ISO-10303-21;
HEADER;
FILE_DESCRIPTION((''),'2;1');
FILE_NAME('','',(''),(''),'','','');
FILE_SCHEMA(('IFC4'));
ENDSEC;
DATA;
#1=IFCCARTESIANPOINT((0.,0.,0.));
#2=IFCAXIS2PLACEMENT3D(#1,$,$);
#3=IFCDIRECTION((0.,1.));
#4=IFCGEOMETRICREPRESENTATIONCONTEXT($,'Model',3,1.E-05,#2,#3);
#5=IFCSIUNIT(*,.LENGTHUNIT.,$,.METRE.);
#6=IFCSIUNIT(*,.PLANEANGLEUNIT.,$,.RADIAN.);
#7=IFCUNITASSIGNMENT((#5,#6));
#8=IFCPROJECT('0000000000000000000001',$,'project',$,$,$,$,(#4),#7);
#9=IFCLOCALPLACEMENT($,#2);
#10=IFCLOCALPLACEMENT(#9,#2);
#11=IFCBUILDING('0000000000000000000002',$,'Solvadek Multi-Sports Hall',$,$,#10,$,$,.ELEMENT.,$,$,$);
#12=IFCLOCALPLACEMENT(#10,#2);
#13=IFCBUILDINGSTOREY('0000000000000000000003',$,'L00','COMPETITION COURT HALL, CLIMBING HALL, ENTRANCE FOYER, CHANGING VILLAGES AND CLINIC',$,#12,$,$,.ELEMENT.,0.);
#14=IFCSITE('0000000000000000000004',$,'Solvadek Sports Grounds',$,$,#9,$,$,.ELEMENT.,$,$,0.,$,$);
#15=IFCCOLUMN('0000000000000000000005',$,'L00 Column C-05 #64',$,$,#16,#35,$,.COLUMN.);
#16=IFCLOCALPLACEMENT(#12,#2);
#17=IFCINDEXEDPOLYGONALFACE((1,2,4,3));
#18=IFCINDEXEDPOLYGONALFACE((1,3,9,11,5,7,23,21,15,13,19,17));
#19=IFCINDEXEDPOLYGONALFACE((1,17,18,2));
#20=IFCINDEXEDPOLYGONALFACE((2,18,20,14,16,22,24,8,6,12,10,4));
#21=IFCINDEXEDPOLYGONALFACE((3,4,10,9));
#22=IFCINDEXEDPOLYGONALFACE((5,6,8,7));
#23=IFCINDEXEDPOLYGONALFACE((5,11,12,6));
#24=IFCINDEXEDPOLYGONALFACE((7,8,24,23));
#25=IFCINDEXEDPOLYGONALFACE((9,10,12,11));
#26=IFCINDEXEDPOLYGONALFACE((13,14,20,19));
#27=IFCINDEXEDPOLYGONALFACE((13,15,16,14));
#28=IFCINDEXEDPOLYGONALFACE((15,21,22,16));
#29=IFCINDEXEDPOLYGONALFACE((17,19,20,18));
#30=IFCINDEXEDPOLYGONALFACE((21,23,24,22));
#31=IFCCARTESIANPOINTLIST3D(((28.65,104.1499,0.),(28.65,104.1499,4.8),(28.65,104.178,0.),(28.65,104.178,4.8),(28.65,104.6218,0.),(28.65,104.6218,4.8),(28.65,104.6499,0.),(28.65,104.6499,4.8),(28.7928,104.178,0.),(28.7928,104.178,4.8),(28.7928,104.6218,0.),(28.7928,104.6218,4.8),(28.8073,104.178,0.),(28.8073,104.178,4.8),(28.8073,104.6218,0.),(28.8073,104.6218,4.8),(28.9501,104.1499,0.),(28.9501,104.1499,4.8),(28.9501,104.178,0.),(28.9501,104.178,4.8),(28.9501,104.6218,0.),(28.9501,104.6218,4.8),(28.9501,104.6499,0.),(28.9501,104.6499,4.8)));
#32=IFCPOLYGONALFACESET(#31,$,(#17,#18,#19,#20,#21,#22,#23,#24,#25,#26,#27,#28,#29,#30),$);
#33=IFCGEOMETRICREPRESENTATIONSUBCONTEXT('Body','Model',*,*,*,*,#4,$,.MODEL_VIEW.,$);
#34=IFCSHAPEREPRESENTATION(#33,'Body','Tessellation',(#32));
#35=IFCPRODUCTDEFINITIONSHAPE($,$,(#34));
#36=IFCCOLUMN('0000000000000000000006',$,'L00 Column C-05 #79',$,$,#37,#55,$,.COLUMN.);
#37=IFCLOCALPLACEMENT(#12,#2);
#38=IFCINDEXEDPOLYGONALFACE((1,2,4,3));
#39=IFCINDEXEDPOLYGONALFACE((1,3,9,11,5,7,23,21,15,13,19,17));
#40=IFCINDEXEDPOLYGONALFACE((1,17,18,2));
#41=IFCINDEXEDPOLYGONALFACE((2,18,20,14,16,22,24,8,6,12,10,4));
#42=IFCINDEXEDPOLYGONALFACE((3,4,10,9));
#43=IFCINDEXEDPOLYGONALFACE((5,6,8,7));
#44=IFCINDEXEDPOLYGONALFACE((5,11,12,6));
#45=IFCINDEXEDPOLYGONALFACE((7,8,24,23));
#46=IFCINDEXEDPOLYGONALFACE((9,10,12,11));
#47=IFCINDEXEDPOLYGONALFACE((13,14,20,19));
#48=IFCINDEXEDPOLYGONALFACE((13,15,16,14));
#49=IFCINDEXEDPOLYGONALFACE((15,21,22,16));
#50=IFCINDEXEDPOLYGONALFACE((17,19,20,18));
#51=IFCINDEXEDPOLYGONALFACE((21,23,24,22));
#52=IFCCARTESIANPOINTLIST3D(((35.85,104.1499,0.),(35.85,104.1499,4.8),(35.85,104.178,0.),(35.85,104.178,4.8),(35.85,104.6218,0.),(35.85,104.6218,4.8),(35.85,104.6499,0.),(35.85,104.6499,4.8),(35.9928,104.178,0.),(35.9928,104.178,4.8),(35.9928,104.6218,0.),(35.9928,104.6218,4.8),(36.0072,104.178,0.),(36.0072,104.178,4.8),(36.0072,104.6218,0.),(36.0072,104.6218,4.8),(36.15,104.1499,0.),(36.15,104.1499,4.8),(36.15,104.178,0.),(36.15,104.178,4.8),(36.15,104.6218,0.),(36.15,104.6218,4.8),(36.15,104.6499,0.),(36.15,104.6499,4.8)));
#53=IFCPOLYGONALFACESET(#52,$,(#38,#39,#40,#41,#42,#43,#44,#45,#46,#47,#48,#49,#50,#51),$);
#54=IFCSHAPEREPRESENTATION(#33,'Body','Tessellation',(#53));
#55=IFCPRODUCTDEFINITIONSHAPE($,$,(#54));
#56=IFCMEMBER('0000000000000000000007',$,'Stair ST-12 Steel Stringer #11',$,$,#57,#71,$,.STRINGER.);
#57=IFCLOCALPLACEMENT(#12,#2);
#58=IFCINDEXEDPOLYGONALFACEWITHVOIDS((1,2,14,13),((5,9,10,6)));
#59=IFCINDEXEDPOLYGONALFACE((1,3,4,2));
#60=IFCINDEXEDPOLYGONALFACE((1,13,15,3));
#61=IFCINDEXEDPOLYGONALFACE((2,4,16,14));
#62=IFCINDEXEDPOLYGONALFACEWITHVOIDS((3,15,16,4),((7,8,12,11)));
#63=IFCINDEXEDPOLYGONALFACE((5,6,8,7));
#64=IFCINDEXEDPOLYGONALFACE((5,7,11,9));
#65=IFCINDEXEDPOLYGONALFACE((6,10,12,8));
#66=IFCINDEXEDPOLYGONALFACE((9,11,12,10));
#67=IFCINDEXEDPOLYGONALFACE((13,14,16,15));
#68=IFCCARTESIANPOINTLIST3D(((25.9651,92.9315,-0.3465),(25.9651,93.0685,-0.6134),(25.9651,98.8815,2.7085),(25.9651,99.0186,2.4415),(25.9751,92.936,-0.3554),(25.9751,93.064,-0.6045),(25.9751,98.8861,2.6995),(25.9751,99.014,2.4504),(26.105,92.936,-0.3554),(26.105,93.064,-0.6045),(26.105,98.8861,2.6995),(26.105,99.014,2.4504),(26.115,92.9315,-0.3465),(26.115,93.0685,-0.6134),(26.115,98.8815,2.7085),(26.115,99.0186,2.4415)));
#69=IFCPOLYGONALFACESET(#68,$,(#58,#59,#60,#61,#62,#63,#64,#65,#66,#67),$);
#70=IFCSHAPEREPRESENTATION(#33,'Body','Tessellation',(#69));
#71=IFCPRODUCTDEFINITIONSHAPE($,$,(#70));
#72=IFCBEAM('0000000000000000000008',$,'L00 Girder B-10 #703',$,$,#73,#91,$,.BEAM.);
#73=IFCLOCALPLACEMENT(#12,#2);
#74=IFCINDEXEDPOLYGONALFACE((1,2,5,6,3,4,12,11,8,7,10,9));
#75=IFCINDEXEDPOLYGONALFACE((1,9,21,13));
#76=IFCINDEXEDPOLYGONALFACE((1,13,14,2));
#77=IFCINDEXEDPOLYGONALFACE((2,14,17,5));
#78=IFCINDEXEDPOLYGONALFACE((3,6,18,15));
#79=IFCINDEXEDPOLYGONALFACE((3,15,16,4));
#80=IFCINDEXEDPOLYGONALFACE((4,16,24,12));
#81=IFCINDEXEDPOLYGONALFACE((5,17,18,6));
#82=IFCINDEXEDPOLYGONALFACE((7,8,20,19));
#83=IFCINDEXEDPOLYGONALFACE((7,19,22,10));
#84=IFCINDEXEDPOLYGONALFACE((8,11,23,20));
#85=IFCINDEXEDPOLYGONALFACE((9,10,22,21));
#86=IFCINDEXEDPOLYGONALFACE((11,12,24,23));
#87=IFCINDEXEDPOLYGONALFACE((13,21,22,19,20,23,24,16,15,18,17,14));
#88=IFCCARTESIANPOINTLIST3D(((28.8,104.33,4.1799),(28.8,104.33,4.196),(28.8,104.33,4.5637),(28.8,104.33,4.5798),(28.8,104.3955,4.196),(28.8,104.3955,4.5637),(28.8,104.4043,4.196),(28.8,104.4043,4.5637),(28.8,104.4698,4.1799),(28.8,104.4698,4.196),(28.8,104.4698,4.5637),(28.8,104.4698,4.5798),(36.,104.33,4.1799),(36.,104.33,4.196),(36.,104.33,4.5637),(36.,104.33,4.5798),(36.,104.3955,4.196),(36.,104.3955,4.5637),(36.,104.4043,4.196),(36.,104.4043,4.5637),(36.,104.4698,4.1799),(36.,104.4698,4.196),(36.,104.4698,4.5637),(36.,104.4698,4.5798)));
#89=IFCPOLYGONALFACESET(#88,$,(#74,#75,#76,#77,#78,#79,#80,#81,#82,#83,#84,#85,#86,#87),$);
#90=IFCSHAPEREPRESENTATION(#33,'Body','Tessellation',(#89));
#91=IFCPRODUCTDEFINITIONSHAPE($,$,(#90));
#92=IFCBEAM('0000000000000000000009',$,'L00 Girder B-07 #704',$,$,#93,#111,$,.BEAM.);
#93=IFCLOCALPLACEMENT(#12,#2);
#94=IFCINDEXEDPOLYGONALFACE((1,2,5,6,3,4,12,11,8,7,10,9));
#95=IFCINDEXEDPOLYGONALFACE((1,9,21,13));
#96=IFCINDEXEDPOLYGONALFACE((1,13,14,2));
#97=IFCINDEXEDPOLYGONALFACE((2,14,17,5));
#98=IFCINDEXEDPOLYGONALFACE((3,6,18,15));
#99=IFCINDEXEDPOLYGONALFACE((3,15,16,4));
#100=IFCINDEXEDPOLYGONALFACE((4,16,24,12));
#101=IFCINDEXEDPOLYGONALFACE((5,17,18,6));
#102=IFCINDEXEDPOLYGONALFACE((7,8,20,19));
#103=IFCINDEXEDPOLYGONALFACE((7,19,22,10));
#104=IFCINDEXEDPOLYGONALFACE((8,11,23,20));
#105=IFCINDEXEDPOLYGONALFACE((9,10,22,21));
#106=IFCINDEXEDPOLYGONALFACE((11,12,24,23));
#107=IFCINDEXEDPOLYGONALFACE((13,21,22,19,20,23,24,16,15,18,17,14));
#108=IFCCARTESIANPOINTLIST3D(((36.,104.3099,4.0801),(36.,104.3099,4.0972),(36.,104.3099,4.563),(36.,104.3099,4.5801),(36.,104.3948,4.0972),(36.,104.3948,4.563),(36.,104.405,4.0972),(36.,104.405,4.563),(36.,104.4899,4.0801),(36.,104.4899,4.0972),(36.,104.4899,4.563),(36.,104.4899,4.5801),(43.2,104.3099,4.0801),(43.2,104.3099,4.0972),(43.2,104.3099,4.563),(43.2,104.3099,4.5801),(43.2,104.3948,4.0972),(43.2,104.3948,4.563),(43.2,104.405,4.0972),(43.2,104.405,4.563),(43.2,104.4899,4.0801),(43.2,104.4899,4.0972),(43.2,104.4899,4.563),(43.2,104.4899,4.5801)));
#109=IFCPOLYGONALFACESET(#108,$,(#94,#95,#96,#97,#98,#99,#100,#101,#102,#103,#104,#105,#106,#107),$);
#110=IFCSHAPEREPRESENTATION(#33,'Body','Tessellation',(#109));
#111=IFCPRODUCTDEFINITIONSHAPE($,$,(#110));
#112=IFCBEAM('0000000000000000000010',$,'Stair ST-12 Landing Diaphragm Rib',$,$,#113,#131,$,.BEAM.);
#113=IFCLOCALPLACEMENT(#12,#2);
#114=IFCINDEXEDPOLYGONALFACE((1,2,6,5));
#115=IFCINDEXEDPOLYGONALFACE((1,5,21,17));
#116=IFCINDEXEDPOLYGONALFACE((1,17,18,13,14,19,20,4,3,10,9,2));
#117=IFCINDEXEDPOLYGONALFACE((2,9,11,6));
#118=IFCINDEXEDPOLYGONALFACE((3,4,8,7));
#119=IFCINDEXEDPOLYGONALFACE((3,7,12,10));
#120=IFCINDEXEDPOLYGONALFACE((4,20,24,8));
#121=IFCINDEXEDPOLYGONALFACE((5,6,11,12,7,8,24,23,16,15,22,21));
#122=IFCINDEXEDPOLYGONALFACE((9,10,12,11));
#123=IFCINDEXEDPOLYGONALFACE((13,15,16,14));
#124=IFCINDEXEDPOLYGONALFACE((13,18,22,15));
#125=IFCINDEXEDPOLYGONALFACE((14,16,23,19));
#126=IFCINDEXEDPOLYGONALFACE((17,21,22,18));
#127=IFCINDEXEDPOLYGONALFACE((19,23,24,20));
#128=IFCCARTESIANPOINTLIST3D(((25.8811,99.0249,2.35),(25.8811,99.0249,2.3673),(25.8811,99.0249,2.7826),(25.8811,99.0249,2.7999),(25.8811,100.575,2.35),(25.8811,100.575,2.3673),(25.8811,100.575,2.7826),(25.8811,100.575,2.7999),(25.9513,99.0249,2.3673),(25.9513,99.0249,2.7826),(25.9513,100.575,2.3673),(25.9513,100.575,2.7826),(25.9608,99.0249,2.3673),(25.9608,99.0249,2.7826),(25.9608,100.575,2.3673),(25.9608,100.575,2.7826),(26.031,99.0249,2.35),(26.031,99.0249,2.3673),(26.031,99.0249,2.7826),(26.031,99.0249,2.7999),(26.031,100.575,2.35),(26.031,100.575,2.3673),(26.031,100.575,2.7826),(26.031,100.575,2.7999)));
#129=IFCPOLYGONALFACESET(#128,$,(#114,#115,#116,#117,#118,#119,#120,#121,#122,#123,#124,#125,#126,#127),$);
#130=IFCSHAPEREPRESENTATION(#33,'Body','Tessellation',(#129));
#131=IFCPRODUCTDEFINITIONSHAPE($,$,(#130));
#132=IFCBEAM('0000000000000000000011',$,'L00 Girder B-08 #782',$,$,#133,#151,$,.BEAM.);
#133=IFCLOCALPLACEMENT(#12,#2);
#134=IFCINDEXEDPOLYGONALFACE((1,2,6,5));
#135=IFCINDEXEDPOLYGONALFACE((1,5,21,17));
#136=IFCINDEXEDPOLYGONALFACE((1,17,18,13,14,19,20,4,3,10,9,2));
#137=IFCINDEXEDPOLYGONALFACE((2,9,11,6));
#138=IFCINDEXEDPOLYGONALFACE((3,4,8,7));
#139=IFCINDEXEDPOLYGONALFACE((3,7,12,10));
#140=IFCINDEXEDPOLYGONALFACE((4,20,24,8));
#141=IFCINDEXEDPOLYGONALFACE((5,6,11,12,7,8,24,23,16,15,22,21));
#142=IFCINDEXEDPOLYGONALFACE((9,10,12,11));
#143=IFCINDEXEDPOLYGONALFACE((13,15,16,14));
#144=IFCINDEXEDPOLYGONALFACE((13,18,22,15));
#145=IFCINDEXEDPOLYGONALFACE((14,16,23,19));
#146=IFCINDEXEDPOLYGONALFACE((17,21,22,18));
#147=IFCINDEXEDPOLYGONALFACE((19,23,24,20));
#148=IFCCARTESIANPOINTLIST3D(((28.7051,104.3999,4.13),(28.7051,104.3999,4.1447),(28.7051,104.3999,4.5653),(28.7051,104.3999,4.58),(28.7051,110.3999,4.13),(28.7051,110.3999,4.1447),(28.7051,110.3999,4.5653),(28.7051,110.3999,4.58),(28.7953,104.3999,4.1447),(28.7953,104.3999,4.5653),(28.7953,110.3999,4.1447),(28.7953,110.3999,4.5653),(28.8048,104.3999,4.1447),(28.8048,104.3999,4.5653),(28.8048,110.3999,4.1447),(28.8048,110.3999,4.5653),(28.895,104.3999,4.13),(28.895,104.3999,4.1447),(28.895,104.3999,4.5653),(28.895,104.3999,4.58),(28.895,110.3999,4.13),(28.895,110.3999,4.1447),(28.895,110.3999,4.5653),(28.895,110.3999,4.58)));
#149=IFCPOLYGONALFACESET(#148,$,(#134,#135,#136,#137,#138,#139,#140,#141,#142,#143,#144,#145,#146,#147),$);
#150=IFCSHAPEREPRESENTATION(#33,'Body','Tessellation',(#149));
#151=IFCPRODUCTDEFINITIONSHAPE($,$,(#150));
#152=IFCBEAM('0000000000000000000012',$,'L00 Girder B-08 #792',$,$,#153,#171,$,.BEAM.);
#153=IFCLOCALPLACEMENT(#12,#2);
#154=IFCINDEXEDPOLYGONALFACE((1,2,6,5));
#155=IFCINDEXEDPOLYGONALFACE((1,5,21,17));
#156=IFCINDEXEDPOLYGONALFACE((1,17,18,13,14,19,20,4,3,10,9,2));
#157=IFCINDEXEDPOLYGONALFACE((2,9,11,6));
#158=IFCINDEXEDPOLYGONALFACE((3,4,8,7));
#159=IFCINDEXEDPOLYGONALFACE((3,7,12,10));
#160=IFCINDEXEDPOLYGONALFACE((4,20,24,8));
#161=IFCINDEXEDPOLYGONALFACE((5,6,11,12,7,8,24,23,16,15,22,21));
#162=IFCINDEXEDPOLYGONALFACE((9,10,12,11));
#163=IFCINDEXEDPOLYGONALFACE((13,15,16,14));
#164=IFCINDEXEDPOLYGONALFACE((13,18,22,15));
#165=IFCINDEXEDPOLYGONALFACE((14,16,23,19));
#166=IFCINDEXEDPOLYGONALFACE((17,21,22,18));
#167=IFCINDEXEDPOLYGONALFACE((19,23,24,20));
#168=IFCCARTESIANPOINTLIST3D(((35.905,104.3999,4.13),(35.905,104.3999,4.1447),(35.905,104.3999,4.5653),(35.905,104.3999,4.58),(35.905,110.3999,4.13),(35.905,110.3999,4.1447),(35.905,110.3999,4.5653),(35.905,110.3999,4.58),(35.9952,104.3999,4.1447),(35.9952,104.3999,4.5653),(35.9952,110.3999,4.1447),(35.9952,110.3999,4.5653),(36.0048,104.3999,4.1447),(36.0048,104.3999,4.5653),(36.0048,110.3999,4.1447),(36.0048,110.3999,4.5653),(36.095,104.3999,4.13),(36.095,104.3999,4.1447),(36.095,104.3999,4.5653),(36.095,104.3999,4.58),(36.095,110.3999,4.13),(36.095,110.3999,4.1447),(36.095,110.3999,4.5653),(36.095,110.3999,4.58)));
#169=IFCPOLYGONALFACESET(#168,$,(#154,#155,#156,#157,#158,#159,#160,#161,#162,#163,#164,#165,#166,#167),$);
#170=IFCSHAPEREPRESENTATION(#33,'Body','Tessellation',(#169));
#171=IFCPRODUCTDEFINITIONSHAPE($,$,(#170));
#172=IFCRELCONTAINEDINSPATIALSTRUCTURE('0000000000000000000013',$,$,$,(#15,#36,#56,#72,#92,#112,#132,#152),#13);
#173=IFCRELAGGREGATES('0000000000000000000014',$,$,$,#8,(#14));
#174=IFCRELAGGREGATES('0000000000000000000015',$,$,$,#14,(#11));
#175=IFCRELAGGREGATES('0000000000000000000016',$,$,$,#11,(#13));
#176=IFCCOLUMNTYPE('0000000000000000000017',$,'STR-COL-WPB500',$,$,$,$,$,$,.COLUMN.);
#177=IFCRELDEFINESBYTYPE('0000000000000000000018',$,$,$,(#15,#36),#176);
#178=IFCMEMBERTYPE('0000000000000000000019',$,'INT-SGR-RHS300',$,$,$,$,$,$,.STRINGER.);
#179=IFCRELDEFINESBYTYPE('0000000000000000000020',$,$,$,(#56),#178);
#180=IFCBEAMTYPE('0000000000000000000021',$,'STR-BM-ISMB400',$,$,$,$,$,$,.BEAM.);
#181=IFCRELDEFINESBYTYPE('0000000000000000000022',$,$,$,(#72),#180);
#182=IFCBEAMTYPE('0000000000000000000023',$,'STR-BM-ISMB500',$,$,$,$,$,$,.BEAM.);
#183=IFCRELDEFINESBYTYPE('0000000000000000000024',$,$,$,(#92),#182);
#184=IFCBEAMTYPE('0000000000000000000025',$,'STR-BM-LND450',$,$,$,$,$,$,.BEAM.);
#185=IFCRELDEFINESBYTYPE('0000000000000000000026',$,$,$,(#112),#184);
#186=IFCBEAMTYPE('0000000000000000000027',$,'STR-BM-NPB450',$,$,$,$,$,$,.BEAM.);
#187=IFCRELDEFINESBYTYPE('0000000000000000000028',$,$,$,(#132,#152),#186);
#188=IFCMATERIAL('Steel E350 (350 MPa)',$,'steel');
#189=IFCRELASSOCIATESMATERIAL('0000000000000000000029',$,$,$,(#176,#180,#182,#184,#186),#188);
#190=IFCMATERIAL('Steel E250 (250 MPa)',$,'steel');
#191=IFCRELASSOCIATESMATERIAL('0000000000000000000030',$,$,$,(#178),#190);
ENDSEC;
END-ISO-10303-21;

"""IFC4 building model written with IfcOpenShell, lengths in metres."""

from ifc_helpers import new_model, si_unit, direction, frame, origin, origin_2d, place, context, subcontext, project, spatial, hollow_rectangle, i_section, extrude, material, material_profile, profile_set, type_object, element, save


model = new_model("IFC4")

# Units and contexts
model_context = context("Model", 3, precision=1e-05, world=origin(), true_north=direction((0.0, 1.0)))
body_context = subcontext(model_context, "Body", "Model", "MODEL_VIEW")
ifc_project = project(units=[si_unit("LENGTHUNIT", "METRE"), si_unit("PLANEANGLEUNIT", "RADIAN")], contexts=[model_context])

# Site, building, storey
site_placement = place(None, origin())
site = spatial("IfcSite", under=ifc_project, at=site_placement, Name="Solvadek Sports Grounds", CompositionType="ELEMENT", RefElevation=0.0)
building_placement = place(site_placement, origin())
building = spatial("IfcBuilding", under=site, at=building_placement, Name="Solvadek Multi-Sports Hall", CompositionType="ELEMENT")
storey_placement = place(building_placement, origin())
storey = spatial("IfcBuildingStorey", under=building, at=storey_placement, Name="L00", Description="COMPETITION COURT HALL, CLIMBING HALL, ENTRANCE FOYER, CHANGING VILLAGES AND CLINIC", CompositionType="ELEMENT", Elevation=0.0)

# Columns
ifc_material_1 = material(Name="Steel E350 (350 MPa)", Category="steel")
ifc_material_profile_1 = material_profile(ifc_material_1, i_section(OverallWidth=0.3, OverallDepth=0.5, WebThickness=0.0144, FlangeThickness=0.0281, at=origin_2d()), Name="WPB 500")
ifc_profile_set_1 = profile_set([ifc_material_profile_1], Name="Steel E350 (350 MPa)")
column_type = type_object("IfcColumnType", Name="STR-COL-WPB500", PredefinedType="COLUMN", material=ifc_profile_set_1)
for number, where, z_axis, x_axis, name in (
    (1, (28.8, 104.3999, 0.0), (0.0, 0.0, 1.0), (1.0, 0.0, 0.0), "L00 Column C-05 #64"),
    (2, (36.0, 104.3999, 0.0), (0.0, 0.0, 1.0), (1.0, 0.0, 0.0), "L00 Column C-05 #79"),
):
    element("IfcColumn", number, at=place(storey_placement, frame(where, z_axis=z_axis, x_axis=x_axis)), inside=storey, type_object=column_type, Name=name, PredefinedType="COLUMN", context=body_context, shape_type="SweptSolid", body=[
        extrude(i_section(OverallWidth=0.3, OverallDepth=0.5, WebThickness=0.0144, FlangeThickness=0.0281, at=origin_2d()), origin(), (0.0, 0.0, 1.0), 4.8),
    ])

# Member
ifc_material_2 = material(Name="Steel E250 (250 MPa)", Category="steel")
ifc_material_profile_2 = material_profile(ifc_material_2, hollow_rectangle(XDim=0.1499, YDim=0.3, WallThickness=0.01, at=origin_2d()), Name="RHS 300x150x10")
ifc_profile_set_2 = profile_set([ifc_material_profile_2], Name="Steel E250 (250 MPa)")
member_type = type_object("IfcMemberType", Name="INT-SGR-RHS300", PredefinedType="STRINGER", material=ifc_profile_set_2)
member_placement = place(storey_placement, frame((26.04, 93.0, -0.48), z_axis=(0.0, 0.889594, 0.456752), x_axis=(-1.0, 0.0, 0.0)))
element("IfcMember", 3, at=member_placement, inside=storey, type_object=member_type, Name="Stair ST-12 Steel Stringer #11", PredefinedType="STRINGER", context=body_context, shape_type="SweptSolid", body=[
    extrude(hollow_rectangle(XDim=0.1499, YDim=0.3, WallThickness=0.01, at=origin_2d()), origin(), (0.0, 0.0, 1.0), 6.6885),
])

# Beams
ifc_material_profile_3 = material_profile(ifc_material_1, i_section(OverallWidth=0.1399, OverallDepth=0.3999, WebThickness=0.0088, FlangeThickness=0.0161, at=origin_2d()), Name="ISMB 400")
ifc_profile_set_3 = profile_set([ifc_material_profile_3], Name="Steel E350 (350 MPa)")
beam_type_1 = type_object("IfcBeamType", Name="STR-BM-ISMB400", PredefinedType="BEAM", material=ifc_profile_set_3)
beam_1_placement = place(storey_placement, frame((28.8, 104.3999, 4.3799), z_axis=(1.0, 0.0, 0.0), x_axis=(0.0, 1.0, 0.0)))
element("IfcBeam", 4, at=beam_1_placement, inside=storey, type_object=beam_type_1, Name="L00 Girder B-10 #703", PredefinedType="BEAM", context=body_context, shape_type="SweptSolid", body=[
    extrude(i_section(OverallWidth=0.1399, OverallDepth=0.3999, WebThickness=0.0088, FlangeThickness=0.0161, at=origin_2d()), origin(), (0.0, 0.0, 1.0), 7.2),
])
ifc_material_profile_4 = material_profile(ifc_material_1, i_section(OverallWidth=0.1799, OverallDepth=0.5, WebThickness=0.0103, FlangeThickness=0.0171, at=origin_2d()), Name="ISMB 500")
ifc_profile_set_4 = profile_set([ifc_material_profile_4], Name="Steel E350 (350 MPa)")
beam_type_2 = type_object("IfcBeamType", Name="STR-BM-ISMB500", PredefinedType="BEAM", material=ifc_profile_set_4)
beam_2_placement = place(storey_placement, frame((36.0, 104.3999, 4.3301), z_axis=(1.0, 0.0, 0.0), x_axis=(0.0, 1.0, 0.0)))
element("IfcBeam", 5, at=beam_2_placement, inside=storey, type_object=beam_type_2, Name="L00 Girder B-07 #704", PredefinedType="BEAM", context=body_context, shape_type="SweptSolid", body=[
    extrude(i_section(OverallWidth=0.1799, OverallDepth=0.5, WebThickness=0.0103, FlangeThickness=0.0171, at=origin_2d()), origin(), (0.0, 0.0, 1.0), 7.2),
])
ifc_material_profile_5 = material_profile(ifc_material_1, i_section(OverallWidth=0.1499, OverallDepth=0.45, WebThickness=0.0095, FlangeThickness=0.0173, at=origin_2d()), Name="ISMB 450")
ifc_profile_set_5 = profile_set([ifc_material_profile_5], Name="Steel E350 (350 MPa)")
beam_type_3 = type_object("IfcBeamType", Name="STR-BM-LND450", PredefinedType="BEAM", material=ifc_profile_set_5)
beam_3_placement = place(storey_placement, frame((25.9561, 99.0249, 2.575), z_axis=(0.0, 1.0, 0.0), x_axis=(-1.0, 0.0, 0.0)))
element("IfcBeam", 6, at=beam_3_placement, inside=storey, type_object=beam_type_3, Name="Stair ST-12 Landing Diaphragm Rib", PredefinedType="BEAM", context=body_context, shape_type="SweptSolid", body=[
    extrude(i_section(OverallWidth=0.1499, OverallDepth=0.45, WebThickness=0.0095, FlangeThickness=0.0173, at=origin_2d()), origin(), (0.0, 0.0, 1.0), 1.55),
])
ifc_material_profile_6 = material_profile(ifc_material_1, i_section(OverallWidth=0.1899, OverallDepth=0.45, WebThickness=0.0095, FlangeThickness=0.0146, at=origin_2d()), Name="NPB 450")
ifc_profile_set_6 = profile_set([ifc_material_profile_6], Name="Steel E350 (350 MPa)")
beam_type_4 = type_object("IfcBeamType", Name="STR-BM-NPB450", PredefinedType="BEAM", material=ifc_profile_set_6)
for number, where, z_axis, x_axis, name in (
    (7, (28.8, 104.3999, 4.355), (0.0, 1.0, 0.0), (-1.0, 0.0, 0.0), "L00 Girder B-08 #782"),
    (8, (36.0, 104.3999, 4.355), (0.0, 1.0, 0.0), (-1.0, 0.0, 0.0), "L00 Girder B-08 #792"),
):
    element("IfcBeam", number, at=place(storey_placement, frame(where, z_axis=z_axis, x_axis=x_axis)), inside=storey, type_object=beam_type_4, Name=name, PredefinedType="BEAM", context=body_context, shape_type="SweptSolid", body=[
        extrude(i_section(OverallWidth=0.1899, OverallDepth=0.45, WebThickness=0.0095, FlangeThickness=0.0146, at=origin_2d()), origin(), (0.0, 0.0, 1.0), 6.0),
    ])

save(model, "model.ifc")
